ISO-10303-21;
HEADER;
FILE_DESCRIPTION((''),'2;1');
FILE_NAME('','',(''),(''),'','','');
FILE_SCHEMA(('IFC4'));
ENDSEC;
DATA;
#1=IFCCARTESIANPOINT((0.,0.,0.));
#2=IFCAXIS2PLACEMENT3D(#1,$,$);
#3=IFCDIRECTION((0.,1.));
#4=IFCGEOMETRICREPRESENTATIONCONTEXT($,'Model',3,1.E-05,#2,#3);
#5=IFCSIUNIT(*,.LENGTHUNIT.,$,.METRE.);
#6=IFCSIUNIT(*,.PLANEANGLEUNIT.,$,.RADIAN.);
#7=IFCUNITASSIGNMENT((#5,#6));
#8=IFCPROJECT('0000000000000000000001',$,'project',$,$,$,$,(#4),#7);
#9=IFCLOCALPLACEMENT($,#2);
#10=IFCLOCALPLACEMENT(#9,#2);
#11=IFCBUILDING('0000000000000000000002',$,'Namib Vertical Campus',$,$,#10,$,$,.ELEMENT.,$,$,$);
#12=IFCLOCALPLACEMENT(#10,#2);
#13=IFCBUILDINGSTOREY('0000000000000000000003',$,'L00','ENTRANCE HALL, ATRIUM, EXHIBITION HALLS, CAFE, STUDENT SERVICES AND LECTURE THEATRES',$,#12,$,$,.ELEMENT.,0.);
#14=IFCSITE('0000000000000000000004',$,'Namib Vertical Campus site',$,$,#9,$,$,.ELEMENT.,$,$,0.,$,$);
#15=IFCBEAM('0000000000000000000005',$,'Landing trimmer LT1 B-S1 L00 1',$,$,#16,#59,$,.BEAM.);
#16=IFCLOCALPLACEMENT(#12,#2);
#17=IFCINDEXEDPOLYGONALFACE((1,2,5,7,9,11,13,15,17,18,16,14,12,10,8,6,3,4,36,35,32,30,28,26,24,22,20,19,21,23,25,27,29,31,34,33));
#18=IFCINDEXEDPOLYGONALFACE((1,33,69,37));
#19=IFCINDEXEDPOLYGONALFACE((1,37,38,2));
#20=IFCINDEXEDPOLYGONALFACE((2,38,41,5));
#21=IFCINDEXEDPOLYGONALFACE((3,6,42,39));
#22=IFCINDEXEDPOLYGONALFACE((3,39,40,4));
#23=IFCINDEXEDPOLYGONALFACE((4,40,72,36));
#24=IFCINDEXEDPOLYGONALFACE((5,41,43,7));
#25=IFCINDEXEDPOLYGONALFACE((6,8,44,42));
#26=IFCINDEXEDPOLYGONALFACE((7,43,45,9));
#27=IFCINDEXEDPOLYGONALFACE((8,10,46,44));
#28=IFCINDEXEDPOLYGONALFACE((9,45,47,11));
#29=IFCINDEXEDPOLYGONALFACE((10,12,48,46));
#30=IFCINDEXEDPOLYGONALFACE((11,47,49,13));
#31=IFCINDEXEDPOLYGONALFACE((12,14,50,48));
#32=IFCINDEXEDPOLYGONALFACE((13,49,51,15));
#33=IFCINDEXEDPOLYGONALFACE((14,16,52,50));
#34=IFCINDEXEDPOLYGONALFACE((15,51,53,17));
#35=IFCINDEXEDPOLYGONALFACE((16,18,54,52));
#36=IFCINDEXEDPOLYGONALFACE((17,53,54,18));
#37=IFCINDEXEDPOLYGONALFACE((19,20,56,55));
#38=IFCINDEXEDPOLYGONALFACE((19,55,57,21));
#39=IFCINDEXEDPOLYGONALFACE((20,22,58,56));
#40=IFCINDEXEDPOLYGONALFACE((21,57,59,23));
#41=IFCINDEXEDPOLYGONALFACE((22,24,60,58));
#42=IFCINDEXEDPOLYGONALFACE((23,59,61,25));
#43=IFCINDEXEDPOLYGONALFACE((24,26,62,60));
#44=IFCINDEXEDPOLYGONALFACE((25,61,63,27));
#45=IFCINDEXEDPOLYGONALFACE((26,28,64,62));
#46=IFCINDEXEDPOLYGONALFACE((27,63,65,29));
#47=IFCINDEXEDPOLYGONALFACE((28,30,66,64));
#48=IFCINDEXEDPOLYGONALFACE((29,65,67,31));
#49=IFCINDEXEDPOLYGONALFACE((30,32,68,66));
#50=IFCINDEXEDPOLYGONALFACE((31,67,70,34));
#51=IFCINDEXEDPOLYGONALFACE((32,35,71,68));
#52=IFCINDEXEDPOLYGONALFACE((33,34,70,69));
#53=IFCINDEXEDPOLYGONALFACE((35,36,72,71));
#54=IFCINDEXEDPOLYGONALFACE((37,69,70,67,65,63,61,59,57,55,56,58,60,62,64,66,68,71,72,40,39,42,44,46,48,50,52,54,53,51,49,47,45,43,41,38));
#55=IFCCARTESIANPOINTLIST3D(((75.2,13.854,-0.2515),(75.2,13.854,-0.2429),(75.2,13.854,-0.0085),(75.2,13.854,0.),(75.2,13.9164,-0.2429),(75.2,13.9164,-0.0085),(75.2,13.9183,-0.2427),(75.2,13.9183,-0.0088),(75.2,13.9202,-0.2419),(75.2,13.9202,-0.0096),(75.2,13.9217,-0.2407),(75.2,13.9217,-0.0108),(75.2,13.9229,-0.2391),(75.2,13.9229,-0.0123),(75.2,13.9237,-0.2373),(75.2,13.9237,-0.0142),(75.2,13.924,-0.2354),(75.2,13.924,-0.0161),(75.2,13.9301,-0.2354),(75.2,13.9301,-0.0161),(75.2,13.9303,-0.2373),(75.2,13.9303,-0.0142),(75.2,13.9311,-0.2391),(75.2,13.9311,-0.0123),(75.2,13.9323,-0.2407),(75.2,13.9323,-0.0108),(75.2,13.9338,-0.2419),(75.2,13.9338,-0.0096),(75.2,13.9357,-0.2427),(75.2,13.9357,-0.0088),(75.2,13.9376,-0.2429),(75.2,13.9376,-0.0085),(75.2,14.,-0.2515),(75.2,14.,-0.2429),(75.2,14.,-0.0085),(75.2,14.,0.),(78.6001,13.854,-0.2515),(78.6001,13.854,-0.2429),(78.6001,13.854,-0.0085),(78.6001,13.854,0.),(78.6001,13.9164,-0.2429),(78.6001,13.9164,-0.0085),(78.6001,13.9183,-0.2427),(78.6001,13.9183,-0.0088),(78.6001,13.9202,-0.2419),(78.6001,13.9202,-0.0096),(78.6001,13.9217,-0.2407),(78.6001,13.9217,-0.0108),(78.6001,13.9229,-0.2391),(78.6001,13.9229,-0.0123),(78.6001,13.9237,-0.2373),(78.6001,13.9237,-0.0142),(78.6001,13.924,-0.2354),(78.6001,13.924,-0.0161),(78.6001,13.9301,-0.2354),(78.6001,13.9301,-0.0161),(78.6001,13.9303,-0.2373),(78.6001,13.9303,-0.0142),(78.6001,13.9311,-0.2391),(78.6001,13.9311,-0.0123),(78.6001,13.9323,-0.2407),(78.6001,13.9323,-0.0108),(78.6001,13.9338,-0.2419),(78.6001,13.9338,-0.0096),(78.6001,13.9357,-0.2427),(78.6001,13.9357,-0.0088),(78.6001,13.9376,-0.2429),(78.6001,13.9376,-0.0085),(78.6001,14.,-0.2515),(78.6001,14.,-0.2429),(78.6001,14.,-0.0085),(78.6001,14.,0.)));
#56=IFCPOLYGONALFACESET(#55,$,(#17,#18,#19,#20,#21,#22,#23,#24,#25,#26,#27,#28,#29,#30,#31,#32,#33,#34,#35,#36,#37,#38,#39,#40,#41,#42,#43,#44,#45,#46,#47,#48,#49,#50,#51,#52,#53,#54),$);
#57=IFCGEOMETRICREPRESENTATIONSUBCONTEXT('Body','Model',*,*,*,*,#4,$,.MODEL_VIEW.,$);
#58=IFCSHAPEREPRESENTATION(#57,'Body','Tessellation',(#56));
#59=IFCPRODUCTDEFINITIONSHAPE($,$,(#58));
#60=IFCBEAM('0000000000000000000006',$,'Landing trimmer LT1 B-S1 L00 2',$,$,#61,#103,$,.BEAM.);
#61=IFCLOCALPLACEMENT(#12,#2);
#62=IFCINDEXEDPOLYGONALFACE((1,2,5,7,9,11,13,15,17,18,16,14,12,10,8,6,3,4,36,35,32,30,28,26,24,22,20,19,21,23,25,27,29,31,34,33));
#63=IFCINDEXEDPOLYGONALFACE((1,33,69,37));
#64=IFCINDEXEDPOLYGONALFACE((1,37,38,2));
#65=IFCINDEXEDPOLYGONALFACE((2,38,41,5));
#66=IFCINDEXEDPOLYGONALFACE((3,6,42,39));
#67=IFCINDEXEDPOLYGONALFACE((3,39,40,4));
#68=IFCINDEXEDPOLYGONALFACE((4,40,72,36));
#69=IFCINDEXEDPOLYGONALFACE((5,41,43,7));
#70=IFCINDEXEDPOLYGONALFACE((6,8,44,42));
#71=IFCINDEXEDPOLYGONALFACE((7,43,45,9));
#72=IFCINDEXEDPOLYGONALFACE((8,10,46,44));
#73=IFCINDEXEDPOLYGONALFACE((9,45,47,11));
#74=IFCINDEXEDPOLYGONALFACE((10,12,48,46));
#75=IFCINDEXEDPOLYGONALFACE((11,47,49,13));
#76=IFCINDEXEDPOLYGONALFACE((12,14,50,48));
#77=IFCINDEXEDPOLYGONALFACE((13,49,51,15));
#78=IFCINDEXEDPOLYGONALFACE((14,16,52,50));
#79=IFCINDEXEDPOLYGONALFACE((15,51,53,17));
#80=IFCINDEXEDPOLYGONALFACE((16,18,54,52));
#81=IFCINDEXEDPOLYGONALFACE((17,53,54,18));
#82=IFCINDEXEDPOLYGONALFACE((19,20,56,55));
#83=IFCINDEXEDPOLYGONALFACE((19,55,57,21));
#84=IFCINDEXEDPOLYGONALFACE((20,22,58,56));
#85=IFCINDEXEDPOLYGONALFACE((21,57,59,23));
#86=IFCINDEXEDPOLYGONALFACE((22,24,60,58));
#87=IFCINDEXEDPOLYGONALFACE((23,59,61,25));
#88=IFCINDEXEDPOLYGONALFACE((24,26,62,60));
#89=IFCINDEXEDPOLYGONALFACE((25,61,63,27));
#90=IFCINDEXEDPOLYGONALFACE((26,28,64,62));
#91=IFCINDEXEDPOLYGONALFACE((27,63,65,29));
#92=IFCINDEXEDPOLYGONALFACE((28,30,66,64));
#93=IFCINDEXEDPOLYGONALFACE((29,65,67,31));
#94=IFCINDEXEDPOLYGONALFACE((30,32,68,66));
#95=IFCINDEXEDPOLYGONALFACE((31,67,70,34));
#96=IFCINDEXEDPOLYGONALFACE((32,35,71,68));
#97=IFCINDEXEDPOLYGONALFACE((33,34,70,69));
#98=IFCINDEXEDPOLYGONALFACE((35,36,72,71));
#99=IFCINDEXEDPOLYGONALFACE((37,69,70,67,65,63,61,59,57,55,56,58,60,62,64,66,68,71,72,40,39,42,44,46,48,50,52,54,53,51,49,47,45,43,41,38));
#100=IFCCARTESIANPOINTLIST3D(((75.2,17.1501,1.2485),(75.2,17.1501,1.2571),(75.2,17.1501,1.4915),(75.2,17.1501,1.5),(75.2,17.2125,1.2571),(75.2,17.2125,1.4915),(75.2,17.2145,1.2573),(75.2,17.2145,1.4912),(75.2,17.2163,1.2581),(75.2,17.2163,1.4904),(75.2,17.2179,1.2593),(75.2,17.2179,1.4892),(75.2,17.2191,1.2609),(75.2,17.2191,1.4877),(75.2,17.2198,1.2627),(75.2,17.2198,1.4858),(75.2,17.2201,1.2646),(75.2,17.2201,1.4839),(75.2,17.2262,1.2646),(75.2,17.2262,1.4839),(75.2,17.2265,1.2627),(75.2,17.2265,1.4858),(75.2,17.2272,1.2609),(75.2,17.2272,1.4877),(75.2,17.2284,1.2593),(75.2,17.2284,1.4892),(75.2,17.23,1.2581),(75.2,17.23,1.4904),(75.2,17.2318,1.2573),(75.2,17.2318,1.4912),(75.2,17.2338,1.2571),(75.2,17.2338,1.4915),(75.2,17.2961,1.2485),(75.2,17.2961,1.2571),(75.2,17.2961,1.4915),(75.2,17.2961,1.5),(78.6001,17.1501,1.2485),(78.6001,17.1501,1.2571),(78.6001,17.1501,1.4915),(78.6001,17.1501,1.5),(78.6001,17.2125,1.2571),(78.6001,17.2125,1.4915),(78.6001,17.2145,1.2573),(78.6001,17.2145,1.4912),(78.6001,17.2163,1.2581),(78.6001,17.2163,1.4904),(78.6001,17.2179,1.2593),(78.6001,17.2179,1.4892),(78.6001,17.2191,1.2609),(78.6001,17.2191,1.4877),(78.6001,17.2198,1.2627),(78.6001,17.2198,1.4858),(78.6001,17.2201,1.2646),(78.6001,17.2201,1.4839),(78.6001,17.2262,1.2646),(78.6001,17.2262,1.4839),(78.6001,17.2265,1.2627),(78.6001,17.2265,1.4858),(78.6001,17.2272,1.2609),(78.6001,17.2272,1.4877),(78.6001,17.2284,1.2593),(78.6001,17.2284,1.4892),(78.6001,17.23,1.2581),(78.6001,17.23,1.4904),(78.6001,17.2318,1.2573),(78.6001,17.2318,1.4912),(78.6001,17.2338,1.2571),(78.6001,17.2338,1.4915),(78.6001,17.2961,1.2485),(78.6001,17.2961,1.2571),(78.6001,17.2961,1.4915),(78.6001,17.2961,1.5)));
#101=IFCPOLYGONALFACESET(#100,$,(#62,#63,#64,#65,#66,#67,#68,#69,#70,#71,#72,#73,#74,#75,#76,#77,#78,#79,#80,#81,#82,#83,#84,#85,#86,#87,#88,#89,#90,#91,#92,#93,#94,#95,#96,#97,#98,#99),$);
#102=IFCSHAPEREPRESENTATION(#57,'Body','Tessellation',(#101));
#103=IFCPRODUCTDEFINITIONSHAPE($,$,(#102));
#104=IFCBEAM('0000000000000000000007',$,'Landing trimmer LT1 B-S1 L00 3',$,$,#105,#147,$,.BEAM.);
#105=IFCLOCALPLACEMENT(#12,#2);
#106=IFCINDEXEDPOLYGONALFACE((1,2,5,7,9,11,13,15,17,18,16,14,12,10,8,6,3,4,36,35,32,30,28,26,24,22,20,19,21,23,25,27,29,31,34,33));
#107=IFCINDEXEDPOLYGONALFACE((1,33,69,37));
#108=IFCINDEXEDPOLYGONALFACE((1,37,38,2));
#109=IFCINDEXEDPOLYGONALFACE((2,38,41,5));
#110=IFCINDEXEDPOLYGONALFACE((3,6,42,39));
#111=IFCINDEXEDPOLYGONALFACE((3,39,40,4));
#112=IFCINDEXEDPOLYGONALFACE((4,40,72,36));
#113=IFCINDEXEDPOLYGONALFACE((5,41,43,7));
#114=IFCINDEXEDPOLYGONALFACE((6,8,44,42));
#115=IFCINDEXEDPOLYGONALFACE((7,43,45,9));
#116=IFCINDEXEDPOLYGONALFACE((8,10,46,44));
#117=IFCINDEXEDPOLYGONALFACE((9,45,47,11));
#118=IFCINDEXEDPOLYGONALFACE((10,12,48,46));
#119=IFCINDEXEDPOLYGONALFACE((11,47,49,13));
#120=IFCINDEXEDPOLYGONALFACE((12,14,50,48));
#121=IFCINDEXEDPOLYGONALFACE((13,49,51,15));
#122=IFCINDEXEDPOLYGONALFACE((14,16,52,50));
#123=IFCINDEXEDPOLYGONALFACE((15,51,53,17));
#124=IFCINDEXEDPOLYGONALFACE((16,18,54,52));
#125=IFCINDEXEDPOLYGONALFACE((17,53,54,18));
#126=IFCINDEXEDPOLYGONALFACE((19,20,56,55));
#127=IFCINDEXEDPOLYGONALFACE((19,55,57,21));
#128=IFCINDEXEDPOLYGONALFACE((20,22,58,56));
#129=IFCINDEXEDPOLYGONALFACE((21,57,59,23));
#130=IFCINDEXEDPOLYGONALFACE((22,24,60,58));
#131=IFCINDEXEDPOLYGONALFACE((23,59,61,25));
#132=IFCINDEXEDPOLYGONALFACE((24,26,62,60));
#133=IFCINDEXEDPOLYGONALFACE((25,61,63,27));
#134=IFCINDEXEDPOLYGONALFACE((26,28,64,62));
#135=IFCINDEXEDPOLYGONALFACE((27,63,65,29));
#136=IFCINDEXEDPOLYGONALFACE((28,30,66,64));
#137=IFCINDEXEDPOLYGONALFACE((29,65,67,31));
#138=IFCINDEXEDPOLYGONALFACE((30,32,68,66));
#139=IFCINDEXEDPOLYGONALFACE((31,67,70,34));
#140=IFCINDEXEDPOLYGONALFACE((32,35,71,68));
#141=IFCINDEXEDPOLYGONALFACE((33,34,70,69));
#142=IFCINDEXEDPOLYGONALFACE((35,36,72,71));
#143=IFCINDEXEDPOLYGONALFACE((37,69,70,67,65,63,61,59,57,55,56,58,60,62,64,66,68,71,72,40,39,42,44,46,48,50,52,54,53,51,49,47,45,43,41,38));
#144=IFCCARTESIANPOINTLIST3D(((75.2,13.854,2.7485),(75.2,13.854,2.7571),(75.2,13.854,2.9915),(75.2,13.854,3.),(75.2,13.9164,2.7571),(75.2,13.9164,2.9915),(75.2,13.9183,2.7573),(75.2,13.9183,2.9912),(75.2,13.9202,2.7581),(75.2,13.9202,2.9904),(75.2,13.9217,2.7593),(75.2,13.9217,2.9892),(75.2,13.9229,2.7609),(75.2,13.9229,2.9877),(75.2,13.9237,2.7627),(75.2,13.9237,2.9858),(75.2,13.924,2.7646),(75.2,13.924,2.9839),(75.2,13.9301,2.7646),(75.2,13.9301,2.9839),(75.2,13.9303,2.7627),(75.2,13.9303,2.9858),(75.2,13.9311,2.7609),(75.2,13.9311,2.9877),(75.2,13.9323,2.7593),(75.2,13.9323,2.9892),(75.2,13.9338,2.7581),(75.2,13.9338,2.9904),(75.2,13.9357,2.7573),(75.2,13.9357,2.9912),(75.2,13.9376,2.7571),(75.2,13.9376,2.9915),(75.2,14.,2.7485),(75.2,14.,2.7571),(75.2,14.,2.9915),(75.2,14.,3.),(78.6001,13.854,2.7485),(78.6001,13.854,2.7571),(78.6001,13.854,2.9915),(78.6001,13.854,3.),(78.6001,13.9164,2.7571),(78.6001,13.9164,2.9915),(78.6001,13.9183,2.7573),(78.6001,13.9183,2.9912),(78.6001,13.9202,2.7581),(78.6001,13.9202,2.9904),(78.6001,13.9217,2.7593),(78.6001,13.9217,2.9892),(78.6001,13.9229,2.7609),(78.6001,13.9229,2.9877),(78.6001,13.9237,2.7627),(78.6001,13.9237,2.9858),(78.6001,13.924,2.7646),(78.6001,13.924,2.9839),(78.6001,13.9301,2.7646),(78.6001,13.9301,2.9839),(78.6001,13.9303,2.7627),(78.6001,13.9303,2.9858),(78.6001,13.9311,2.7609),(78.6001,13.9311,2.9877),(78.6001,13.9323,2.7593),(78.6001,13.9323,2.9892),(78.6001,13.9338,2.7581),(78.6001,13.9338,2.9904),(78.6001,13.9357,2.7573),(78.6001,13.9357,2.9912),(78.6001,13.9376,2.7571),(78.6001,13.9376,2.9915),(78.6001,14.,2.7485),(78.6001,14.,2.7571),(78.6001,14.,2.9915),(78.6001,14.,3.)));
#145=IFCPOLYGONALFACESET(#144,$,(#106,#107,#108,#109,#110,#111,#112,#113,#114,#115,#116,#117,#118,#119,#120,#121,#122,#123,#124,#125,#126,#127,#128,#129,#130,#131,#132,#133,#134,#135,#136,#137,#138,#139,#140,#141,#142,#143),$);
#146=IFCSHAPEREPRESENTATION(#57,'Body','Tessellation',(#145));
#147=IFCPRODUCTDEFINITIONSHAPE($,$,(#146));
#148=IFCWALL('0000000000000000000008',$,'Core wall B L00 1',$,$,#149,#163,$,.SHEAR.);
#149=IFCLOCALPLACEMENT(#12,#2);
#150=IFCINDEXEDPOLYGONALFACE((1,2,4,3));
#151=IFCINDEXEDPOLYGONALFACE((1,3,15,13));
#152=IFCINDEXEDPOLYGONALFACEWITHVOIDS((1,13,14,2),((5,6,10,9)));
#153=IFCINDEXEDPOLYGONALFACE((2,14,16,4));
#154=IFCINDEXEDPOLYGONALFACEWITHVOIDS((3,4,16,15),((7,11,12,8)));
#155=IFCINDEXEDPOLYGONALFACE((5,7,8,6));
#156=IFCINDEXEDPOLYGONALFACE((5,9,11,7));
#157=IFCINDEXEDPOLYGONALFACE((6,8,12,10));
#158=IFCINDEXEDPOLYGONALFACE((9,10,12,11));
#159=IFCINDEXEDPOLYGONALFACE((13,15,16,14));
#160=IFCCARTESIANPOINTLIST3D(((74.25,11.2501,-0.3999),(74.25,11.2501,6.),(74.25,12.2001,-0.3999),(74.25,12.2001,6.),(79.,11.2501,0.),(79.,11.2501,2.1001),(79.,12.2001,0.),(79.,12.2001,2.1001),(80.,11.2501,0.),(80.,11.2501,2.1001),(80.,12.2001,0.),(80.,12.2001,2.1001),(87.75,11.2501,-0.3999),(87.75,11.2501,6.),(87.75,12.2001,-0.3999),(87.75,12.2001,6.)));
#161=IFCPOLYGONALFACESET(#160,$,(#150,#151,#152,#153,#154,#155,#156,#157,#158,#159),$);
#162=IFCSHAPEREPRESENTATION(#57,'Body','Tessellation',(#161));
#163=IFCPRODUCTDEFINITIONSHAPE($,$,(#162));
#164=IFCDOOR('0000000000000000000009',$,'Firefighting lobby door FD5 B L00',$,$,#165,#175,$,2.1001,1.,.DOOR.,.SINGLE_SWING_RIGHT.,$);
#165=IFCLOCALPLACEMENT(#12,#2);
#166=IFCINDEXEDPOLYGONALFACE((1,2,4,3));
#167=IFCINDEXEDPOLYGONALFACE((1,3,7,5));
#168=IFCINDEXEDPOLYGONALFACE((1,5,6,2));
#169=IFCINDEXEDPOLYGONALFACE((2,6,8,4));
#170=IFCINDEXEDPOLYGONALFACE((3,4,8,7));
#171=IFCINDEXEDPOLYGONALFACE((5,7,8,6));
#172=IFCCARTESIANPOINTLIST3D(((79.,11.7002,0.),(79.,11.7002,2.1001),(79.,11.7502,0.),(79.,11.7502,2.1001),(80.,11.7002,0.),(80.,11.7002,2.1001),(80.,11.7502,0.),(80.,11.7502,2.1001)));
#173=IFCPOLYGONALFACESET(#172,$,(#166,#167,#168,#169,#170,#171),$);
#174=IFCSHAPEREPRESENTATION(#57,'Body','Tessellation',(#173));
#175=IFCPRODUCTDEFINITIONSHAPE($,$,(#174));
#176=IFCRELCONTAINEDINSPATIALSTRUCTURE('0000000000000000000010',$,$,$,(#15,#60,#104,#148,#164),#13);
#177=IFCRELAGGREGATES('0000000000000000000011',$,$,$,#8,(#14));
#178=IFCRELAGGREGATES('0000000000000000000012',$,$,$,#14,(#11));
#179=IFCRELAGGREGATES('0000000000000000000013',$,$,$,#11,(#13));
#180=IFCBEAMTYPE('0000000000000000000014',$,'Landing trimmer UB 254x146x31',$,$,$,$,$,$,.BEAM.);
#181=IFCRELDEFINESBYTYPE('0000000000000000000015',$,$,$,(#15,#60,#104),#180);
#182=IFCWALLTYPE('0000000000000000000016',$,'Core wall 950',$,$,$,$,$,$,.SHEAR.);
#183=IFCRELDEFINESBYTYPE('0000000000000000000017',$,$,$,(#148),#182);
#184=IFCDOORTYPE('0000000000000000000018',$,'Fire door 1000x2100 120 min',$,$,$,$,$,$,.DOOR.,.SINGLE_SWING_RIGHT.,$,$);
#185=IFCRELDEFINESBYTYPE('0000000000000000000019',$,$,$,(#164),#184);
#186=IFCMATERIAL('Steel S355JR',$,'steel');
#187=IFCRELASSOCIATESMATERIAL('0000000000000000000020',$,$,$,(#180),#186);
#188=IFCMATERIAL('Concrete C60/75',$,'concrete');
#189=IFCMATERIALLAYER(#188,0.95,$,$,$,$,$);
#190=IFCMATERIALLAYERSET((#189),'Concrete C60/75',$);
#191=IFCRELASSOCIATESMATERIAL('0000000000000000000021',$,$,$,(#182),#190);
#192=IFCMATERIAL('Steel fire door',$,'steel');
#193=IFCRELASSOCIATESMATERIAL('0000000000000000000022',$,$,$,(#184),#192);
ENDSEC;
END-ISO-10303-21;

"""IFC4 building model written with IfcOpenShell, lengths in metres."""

from ifc_helpers import new_model, si_unit, direction, frame, frame_2d, origin, origin_2d, place, context, subcontext, project, spatial, rectangle, i_section, extrude, material, layer, layer_set, material_profile, profile_set, type_object, element, fill, save


model = new_model("IFC4")

# Units and contexts
model_context = context("Model", 3, precision=1e-05, world=origin(), true_north=direction((0.0, 1.0)))
body_context = subcontext(model_context, "Body", "Model", "MODEL_VIEW")
ifc_project = project(units=[si_unit("LENGTHUNIT", "METRE"), si_unit("PLANEANGLEUNIT", "RADIAN")], contexts=[model_context])

# Site, building, storey
site_placement = place(None, origin())
site = spatial("IfcSite", under=ifc_project, at=site_placement, Name="Namib Vertical Campus site", CompositionType="ELEMENT", RefElevation=0.0)
building_placement = place(site_placement, origin())
building = spatial("IfcBuilding", under=site, at=building_placement, Name="Namib Vertical Campus", CompositionType="ELEMENT")
storey_placement = place(building_placement, origin())
storey = spatial("IfcBuildingStorey", under=building, at=storey_placement, Name="L00", Description="ENTRANCE HALL, ATRIUM, EXHIBITION HALLS, CAFE, STUDENT SERVICES AND LECTURE THEATRES", CompositionType="ELEMENT", Elevation=0.0)

# Beams
ifc_material_1 = material(Name="Steel S355JR", Category="steel")
ifc_material_profile = material_profile(ifc_material_1, i_section(OverallWidth=0.146, OverallDepth=0.2515, WebThickness=0.0061, FlangeThickness=0.0085, FilletRadius=0.0076, at=origin_2d()))
ifc_profile_set = profile_set([ifc_material_profile], Name="Steel S355JR")
beam_type = type_object("IfcBeamType", Name="Landing trimmer UB 254x146x31", PredefinedType="BEAM", material=ifc_profile_set)
for number, where, z_axis, x_axis, name in (
    (1, (75.2, 13.927, -0.1257), (1.0, 0.0, 0.0), (0.0, 1.0, 0.0), "Landing trimmer LT1 B-S1 L00 1"),
    (2, (75.2, 17.2231, 1.3743), (1.0, 0.0, 0.0), (0.0, 1.0, 0.0), "Landing trimmer LT1 B-S1 L00 2"),
    (3, (75.2, 13.927, 2.8743), (1.0, 0.0, 0.0), (0.0, 1.0, 0.0), "Landing trimmer LT1 B-S1 L00 3"),
):
    element("IfcBeam", number, at=place(storey_placement, frame(where, z_axis=z_axis, x_axis=x_axis)), inside=storey, type_object=beam_type, Name=name, PredefinedType="BEAM", context=body_context, shape_type="SweptSolid", body=[
        extrude(i_section(OverallWidth=0.146, OverallDepth=0.2515, WebThickness=0.0061, FlangeThickness=0.0085, FilletRadius=0.0076, at=origin_2d()), origin(), (0.0, 0.0, 1.0), 3.4001),
    ])

# Wall, opening, door
ifc_material_2 = material(Name="Concrete C60/75", Category="concrete")
ifc_layer = layer(ifc_material_2, 0.95)
ifc_layer_set = layer_set([ifc_layer], Name="Concrete C60/75")
wall_type = type_object("IfcWallType", Name="Core wall 950", PredefinedType="SHEAR", material=ifc_layer_set)
wall_placement = place(storey_placement, frame((74.25, 11.7251, -0.3999), z_axis=(0.0, 0.0, 1.0), x_axis=(1.0, 0.0, 0.0)))
wall = element("IfcWall", 4, at=wall_placement, inside=storey, type_object=wall_type, Name="Core wall B L00 1", PredefinedType="SHEAR", context=body_context, shape_type="SweptSolid", body=[
    extrude(rectangle(XDim=13.5, YDim=0.95, at=frame_2d((6.75, 0.0))), origin(), (0.0, 0.0, 1.0), 6.3999),
])
opening_placement = place(wall_placement, frame((4.75, 0.0, 0.3999)))
opening = element("IfcOpeningElement", 5, at=opening_placement, cuts=wall, PredefinedType="OPENING", context=body_context, shape_type="SweptSolid", body=[
    extrude(rectangle(XDim=1.0, YDim=2.1001, at=frame_2d((0.5, 1.05))), frame((0.0, 0.4849, 0.0), z_axis=(0.0, -1.0, 0.0), x_axis=(1.0, 0.0, 0.0)), (0.0, 0.0, 1.0), 0.97),
])
ifc_material_3 = material(Name="Steel fire door", Category="steel")
door_type = type_object("IfcDoorType", Name="Fire door 1000x2100 120 min", OperationType="SINGLE_SWING_RIGHT", PredefinedType="DOOR", material=ifc_material_3)
door_placement = place(opening_placement, frame((1.0, 0.0, 0.0), z_axis=(0.0, 0.0, 1.0), x_axis=(-1.0, 0.0, 0.0)))
door = element("IfcDoor", 6, at=door_placement, inside=storey, type_object=door_type, Name="Firefighting lobby door FD5 B L00", OperationType="SINGLE_SWING_RIGHT", OverallHeight=2.1001, OverallWidth=1.0, PredefinedType="DOOR", context=body_context, shape_type="SweptSolid", body=[
    extrude(rectangle(XDim=1.0, YDim=2.1001, at=frame_2d((0.5, 1.05))), frame((0.0, 0.0249, 0.0), z_axis=(0.0, -1.0, 0.0), x_axis=(1.0, 0.0, 0.0)), (0.0, 0.0, 1.0), 0.05),
])
fill(opening, door)

save(model, "model.ifc")
